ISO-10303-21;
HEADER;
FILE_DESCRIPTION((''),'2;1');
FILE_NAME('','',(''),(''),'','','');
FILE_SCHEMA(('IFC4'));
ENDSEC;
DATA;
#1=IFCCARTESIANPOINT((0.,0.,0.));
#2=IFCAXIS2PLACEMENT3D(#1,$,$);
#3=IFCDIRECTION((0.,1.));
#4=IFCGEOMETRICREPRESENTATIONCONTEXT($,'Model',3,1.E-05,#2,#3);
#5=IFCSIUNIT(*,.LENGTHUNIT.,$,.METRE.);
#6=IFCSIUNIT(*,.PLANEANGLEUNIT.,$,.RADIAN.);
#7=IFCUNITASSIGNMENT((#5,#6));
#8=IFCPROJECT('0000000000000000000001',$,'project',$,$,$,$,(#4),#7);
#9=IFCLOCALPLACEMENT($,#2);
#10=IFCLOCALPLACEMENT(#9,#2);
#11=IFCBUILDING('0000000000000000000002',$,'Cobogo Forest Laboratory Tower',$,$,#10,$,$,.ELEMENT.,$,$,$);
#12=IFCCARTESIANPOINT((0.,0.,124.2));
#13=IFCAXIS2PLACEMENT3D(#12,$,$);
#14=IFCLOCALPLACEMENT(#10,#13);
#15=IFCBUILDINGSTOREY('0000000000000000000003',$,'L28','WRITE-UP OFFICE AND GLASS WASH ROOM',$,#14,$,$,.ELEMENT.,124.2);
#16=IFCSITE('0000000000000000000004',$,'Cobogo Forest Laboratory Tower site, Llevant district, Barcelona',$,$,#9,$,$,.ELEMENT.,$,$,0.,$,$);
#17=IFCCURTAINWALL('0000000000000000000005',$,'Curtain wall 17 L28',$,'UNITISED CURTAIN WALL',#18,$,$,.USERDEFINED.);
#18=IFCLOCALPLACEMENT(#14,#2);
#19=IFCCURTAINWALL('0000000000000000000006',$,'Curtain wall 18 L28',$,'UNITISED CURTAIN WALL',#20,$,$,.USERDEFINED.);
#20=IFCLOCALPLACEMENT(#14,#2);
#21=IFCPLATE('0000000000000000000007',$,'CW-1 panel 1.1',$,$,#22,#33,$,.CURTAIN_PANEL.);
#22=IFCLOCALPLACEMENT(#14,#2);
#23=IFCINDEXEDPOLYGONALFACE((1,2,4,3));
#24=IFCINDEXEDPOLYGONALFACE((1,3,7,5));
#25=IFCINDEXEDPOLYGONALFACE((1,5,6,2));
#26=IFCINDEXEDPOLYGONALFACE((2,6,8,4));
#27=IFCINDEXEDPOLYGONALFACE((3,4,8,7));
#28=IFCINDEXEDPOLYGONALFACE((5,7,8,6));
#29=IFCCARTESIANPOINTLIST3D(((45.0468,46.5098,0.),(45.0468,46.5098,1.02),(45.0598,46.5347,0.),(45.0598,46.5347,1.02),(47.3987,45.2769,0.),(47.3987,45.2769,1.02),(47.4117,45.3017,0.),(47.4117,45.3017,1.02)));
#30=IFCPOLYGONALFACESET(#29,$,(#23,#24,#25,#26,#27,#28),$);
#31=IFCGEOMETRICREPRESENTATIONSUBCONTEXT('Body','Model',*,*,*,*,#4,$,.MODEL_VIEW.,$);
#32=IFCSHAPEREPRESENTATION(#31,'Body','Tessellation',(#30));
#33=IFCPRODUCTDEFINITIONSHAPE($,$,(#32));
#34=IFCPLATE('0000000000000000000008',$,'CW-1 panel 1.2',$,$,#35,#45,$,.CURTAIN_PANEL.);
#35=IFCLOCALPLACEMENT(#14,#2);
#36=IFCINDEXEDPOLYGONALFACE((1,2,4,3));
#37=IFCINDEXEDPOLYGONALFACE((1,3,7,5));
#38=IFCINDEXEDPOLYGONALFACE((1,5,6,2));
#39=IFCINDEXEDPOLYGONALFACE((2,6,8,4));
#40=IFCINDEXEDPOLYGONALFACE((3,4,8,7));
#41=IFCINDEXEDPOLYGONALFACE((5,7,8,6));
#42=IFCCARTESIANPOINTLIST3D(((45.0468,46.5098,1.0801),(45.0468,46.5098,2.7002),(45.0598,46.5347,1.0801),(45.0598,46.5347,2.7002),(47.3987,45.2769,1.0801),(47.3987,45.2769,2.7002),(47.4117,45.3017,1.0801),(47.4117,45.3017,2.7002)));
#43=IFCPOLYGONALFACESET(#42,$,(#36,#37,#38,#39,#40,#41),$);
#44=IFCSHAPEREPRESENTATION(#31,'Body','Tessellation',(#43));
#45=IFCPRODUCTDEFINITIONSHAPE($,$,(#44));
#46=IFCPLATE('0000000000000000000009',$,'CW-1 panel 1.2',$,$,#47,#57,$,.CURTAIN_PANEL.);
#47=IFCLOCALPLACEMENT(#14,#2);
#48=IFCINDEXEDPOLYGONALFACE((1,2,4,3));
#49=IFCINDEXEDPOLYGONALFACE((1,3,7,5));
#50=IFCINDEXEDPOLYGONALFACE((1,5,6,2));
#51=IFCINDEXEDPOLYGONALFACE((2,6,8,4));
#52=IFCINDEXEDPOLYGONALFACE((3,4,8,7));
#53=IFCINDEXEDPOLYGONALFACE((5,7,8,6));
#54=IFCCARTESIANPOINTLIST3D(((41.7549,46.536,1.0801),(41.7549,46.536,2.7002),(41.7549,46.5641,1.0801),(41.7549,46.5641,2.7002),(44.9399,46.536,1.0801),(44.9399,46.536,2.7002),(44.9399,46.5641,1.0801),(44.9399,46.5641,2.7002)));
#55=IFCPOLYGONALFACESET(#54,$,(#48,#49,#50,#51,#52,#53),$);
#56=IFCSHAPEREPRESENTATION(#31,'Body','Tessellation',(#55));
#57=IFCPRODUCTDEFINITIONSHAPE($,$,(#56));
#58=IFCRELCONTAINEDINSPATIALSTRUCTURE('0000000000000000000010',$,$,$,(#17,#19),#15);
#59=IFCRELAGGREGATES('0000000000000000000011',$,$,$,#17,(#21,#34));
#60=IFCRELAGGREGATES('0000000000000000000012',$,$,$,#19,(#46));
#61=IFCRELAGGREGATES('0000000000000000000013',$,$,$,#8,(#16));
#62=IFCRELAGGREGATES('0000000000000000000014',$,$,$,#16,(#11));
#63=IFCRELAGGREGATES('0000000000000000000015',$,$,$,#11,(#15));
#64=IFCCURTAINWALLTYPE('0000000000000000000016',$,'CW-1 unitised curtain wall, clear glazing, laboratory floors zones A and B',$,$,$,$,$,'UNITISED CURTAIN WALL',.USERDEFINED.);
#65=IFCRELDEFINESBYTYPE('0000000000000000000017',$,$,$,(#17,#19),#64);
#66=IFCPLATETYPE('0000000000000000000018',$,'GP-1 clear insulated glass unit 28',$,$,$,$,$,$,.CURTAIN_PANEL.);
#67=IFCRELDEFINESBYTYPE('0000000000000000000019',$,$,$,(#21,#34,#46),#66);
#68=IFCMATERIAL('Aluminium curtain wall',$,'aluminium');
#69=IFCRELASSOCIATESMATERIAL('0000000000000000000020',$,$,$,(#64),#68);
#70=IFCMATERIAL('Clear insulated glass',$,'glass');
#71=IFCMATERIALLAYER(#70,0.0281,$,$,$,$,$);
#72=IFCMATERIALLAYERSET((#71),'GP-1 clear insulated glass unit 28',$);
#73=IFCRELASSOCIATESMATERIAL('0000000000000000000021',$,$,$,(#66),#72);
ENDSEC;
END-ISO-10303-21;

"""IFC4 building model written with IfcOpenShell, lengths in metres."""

from ifc_helpers import new_model, si_unit, direction, frame, origin, origin_2d, place, context, subcontext, project, spatial, rectangle, extrude, material, layer, layer_set, type_object, element, aggregate, save


model = new_model("IFC4")

# Units and contexts
model_context = context("Model", 3, precision=1e-05, world=origin(), true_north=direction((0.0, 1.0)))
body_context = subcontext(model_context, "Body", "Model", "MODEL_VIEW")
ifc_project = project(units=[si_unit("LENGTHUNIT", "METRE"), si_unit("PLANEANGLEUNIT", "RADIAN")], contexts=[model_context])

# Site, building, storey
site_placement = place(None, origin())
site = spatial("IfcSite", under=ifc_project, at=site_placement, Name="Cobogo Forest Laboratory Tower site, Llevant district, Barcelona", CompositionType="ELEMENT", RefElevation=0.0)
building_placement = place(site_placement, origin())
building = spatial("IfcBuilding", under=site, at=building_placement, Name="Cobogo Forest Laboratory Tower", CompositionType="ELEMENT")
storey_placement = place(building_placement, frame((0.0, 0.0, 124.2)))
storey = spatial("IfcBuildingStorey", under=building, at=storey_placement, Name="L28", Description="WRITE-UP OFFICE AND GLASS WASH ROOM", CompositionType="ELEMENT", Elevation=124.2)

# Shared definitions
ifc_material_1 = material(Name="Aluminium curtain wall", Category="aluminium")
curtain_wall_type = type_object("IfcCurtainWallType", Name="CW-1 unitised curtain wall, clear glazing, laboratory floors zones A and B", ElementType="UNITISED CURTAIN WALL", PredefinedType="USERDEFINED", material=ifc_material_1)

# Curtain wall
curtain_wall_1_placement = place(storey_placement, origin())
curtain_wall_1 = element("IfcCurtainWall", 1, at=curtain_wall_1_placement, inside=storey, type_object=curtain_wall_type, Name="Curtain wall 17 L28", ObjectType="UNITISED CURTAIN WALL", PredefinedType="USERDEFINED")

# Curtain wall
curtain_wall_2_placement = place(storey_placement, origin())
curtain_wall_2 = element("IfcCurtainWall", 2, at=curtain_wall_2_placement, inside=storey, type_object=curtain_wall_type, Name="Curtain wall 18 L28", ObjectType="UNITISED CURTAIN WALL", PredefinedType="USERDEFINED")

# Plates
ifc_material_2 = material(Name="Clear insulated glass", Category="glass")
ifc_layer = layer(ifc_material_2, 0.0281)
ifc_layer_set = layer_set([ifc_layer], Name="GP-1 clear insulated glass unit 28")
plate_type = type_object("IfcPlateType", Name="GP-1 clear insulated glass unit 28", PredefinedType="CURTAIN_PANEL", material=ifc_layer_set)
plate_1_placement = place(storey_placement, frame((46.2292, 45.9058, 0.0), z_axis=(0.0, 0.0, 1.0), x_axis=(-0.885687, 0.464284, 0.0)))
plate_1 = element("IfcPlate", 3, at=plate_1_placement, type_object=plate_type, Name="CW-1 panel 1.1", PredefinedType="CURTAIN_PANEL", context=body_context, shape_type="SweptSolid", body=[
    extrude(rectangle(XDim=2.6555, YDim=0.0281, at=origin_2d()), origin(), (0.0, 0.0, 1.0), 1.02),
])
plate_2_placement = place(storey_placement, frame((46.2292, 45.9058, 1.0801), z_axis=(0.0, 0.0, 1.0), x_axis=(-0.885687, 0.464284, 0.0)))
plate_2 = element("IfcPlate", 4, at=plate_2_placement, type_object=plate_type, Name="CW-1 panel 1.2", PredefinedType="CURTAIN_PANEL", context=body_context, shape_type="SweptSolid", body=[
    extrude(rectangle(XDim=2.6555, YDim=0.0281, at=origin_2d()), origin(), (0.0, 0.0, 1.0), 1.6201),
])
aggregate(curtain_wall_1, [plate_1, plate_2])
plate_3_placement = place(storey_placement, frame((43.3474, 46.55, 1.0801), z_axis=(0.0, 0.0, 1.0), x_axis=(-1.0, 0.0, 0.0)))
plate_3 = element("IfcPlate", 5, at=plate_3_placement, type_object=plate_type, Name="CW-1 panel 1.2", PredefinedType="CURTAIN_PANEL", context=body_context, shape_type="SweptSolid", body=[
    extrude(rectangle(XDim=3.1851, YDim=0.0281, at=origin_2d()), origin(), (0.0, 0.0, 1.0), 1.6201),
])
aggregate(curtain_wall_2, [plate_3])

save(model, "model.ifc")
